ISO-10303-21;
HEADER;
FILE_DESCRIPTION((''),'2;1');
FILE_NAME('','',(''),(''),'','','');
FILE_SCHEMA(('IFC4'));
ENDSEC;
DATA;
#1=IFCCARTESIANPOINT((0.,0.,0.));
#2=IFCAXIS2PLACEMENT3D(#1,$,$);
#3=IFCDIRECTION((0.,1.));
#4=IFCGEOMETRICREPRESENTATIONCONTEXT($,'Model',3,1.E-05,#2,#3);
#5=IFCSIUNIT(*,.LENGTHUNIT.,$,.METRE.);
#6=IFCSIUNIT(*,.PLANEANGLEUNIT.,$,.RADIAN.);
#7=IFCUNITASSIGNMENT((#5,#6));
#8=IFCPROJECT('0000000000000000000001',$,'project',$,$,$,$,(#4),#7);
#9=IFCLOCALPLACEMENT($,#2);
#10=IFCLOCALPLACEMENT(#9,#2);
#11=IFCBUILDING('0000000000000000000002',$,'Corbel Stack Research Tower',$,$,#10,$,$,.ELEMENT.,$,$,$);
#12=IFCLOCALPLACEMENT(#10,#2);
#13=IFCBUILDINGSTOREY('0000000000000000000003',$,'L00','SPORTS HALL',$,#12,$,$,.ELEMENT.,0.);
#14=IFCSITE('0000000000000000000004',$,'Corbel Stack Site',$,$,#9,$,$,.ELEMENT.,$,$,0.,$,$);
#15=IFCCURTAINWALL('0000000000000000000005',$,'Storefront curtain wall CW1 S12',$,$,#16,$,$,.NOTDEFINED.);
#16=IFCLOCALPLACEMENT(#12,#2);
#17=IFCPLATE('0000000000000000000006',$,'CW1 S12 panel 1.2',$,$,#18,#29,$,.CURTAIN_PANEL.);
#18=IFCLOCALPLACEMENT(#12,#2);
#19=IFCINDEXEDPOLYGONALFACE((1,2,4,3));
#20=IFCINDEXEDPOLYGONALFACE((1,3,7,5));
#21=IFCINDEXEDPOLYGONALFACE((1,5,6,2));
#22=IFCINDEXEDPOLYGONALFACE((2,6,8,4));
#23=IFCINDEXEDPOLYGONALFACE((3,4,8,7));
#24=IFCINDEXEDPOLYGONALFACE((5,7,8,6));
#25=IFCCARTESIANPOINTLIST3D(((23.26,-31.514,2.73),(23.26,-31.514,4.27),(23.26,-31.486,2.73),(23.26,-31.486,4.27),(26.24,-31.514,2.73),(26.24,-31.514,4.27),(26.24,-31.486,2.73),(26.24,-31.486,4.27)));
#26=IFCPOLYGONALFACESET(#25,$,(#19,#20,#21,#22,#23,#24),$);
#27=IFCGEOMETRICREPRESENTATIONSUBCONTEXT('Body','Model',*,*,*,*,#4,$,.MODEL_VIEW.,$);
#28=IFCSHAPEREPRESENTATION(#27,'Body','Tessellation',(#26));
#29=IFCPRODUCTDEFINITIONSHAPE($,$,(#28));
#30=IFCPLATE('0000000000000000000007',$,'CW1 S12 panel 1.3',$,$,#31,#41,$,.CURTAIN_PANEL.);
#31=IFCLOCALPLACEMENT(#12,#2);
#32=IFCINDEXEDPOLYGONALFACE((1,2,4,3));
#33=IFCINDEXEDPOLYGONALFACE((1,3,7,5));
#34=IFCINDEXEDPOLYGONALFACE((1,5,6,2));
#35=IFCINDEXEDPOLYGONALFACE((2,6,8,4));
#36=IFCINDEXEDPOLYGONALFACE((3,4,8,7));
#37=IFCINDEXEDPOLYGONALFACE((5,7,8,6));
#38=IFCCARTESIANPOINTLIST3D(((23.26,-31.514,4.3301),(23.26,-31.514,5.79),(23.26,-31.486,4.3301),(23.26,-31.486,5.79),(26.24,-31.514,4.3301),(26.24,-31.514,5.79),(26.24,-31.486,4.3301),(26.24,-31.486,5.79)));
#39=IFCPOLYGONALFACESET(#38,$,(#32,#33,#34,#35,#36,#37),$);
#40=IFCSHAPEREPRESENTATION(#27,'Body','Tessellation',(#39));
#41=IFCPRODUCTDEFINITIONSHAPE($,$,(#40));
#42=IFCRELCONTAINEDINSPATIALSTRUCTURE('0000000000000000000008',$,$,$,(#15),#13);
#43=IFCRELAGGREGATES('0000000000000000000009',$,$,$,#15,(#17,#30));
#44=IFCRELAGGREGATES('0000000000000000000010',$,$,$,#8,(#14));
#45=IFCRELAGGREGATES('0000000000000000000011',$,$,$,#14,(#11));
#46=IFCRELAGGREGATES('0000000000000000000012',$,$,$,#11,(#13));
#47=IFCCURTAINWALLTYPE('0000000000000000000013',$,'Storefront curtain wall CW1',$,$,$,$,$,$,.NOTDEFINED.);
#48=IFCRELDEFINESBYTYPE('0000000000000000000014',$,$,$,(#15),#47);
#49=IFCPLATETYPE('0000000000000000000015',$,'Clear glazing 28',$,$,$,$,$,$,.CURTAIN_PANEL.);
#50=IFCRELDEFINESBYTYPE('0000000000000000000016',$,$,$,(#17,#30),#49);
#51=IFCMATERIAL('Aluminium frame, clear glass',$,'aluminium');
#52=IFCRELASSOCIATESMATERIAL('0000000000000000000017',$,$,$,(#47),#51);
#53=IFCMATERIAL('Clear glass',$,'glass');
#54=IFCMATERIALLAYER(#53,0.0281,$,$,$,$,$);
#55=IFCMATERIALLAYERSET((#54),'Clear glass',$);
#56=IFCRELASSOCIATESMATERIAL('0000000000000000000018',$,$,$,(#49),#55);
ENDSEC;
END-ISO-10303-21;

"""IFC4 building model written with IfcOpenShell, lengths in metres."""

from ifc_helpers import new_model, si_unit, direction, frame, origin, origin_2d, place, context, subcontext, project, spatial, rectangle, extrude, material, layer, layer_set, type_object, element, aggregate, save


model = new_model("IFC4")

# Units and contexts
model_context = context("Model", 3, precision=1e-05, world=origin(), true_north=direction((0.0, 1.0)))
body_context = subcontext(model_context, "Body", "Model", "MODEL_VIEW")
ifc_project = project(units=[si_unit("LENGTHUNIT", "METRE"), si_unit("PLANEANGLEUNIT", "RADIAN")], contexts=[model_context])

# Site, building, storey
site_placement = place(None, origin())
site = spatial("IfcSite", under=ifc_project, at=site_placement, Name="Corbel Stack Site", CompositionType="ELEMENT", RefElevation=0.0)
building_placement = place(site_placement, origin())
building = spatial("IfcBuilding", under=site, at=building_placement, Name="Corbel Stack Research Tower", CompositionType="ELEMENT")
storey_placement = place(building_placement, origin())
storey = spatial("IfcBuildingStorey", under=building, at=storey_placement, Name="L00", Description="SPORTS HALL", CompositionType="ELEMENT", Elevation=0.0)

# Curtain wall
ifc_material_1 = material(Name="Aluminium frame, clear glass", Category="aluminium")
curtain_wall_type = type_object("IfcCurtainWallType", Name="Storefront curtain wall CW1", PredefinedType="NOTDEFINED", material=ifc_material_1)
curtain_wall_1_placement = place(storey_placement, origin())
curtain_wall_1 = element("IfcCurtainWall", 1, at=curtain_wall_1_placement, inside=storey, type_object=curtain_wall_type, Name="Storefront curtain wall CW1 S12", PredefinedType="NOTDEFINED")

# Plates
ifc_material_2 = material(Name="Clear glass", Category="glass")
ifc_layer = layer(ifc_material_2, 0.0281)
ifc_layer_set = layer_set([ifc_layer], Name="Clear glass")
plate_type = type_object("IfcPlateType", Name="Clear glazing 28", PredefinedType="CURTAIN_PANEL", material=ifc_layer_set)
plate_1_placement = place(storey_placement, frame((24.75, -31.5, 2.73), z_axis=(0.0, 0.0, 1.0), x_axis=(1.0, 0.0, 0.0)))
plate_1 = element("IfcPlate", 2, at=plate_1_placement, type_object=plate_type, Name="CW1 S12 panel 1.2", PredefinedType="CURTAIN_PANEL", context=body_context, shape_type="SweptSolid", body=[
    extrude(rectangle(XDim=2.98, YDim=0.0281, at=origin_2d()), origin(), (0.0, 0.0, 1.0), 1.54),
])
plate_2_placement = place(storey_placement, frame((24.75, -31.5, 4.3301), z_axis=(0.0, 0.0, 1.0), x_axis=(1.0, 0.0, 0.0)))
plate_2 = element("IfcPlate", 3, at=plate_2_placement, type_object=plate_type, Name="CW1 S12 panel 1.3", PredefinedType="CURTAIN_PANEL", context=body_context, shape_type="SweptSolid", body=[
    extrude(rectangle(XDim=2.98, YDim=0.0281, at=origin_2d()), origin(), (0.0, 0.0, 1.0), 1.46),
])
aggregate(curtain_wall_1, [plate_1, plate_2])

save(model, "model.ifc")
